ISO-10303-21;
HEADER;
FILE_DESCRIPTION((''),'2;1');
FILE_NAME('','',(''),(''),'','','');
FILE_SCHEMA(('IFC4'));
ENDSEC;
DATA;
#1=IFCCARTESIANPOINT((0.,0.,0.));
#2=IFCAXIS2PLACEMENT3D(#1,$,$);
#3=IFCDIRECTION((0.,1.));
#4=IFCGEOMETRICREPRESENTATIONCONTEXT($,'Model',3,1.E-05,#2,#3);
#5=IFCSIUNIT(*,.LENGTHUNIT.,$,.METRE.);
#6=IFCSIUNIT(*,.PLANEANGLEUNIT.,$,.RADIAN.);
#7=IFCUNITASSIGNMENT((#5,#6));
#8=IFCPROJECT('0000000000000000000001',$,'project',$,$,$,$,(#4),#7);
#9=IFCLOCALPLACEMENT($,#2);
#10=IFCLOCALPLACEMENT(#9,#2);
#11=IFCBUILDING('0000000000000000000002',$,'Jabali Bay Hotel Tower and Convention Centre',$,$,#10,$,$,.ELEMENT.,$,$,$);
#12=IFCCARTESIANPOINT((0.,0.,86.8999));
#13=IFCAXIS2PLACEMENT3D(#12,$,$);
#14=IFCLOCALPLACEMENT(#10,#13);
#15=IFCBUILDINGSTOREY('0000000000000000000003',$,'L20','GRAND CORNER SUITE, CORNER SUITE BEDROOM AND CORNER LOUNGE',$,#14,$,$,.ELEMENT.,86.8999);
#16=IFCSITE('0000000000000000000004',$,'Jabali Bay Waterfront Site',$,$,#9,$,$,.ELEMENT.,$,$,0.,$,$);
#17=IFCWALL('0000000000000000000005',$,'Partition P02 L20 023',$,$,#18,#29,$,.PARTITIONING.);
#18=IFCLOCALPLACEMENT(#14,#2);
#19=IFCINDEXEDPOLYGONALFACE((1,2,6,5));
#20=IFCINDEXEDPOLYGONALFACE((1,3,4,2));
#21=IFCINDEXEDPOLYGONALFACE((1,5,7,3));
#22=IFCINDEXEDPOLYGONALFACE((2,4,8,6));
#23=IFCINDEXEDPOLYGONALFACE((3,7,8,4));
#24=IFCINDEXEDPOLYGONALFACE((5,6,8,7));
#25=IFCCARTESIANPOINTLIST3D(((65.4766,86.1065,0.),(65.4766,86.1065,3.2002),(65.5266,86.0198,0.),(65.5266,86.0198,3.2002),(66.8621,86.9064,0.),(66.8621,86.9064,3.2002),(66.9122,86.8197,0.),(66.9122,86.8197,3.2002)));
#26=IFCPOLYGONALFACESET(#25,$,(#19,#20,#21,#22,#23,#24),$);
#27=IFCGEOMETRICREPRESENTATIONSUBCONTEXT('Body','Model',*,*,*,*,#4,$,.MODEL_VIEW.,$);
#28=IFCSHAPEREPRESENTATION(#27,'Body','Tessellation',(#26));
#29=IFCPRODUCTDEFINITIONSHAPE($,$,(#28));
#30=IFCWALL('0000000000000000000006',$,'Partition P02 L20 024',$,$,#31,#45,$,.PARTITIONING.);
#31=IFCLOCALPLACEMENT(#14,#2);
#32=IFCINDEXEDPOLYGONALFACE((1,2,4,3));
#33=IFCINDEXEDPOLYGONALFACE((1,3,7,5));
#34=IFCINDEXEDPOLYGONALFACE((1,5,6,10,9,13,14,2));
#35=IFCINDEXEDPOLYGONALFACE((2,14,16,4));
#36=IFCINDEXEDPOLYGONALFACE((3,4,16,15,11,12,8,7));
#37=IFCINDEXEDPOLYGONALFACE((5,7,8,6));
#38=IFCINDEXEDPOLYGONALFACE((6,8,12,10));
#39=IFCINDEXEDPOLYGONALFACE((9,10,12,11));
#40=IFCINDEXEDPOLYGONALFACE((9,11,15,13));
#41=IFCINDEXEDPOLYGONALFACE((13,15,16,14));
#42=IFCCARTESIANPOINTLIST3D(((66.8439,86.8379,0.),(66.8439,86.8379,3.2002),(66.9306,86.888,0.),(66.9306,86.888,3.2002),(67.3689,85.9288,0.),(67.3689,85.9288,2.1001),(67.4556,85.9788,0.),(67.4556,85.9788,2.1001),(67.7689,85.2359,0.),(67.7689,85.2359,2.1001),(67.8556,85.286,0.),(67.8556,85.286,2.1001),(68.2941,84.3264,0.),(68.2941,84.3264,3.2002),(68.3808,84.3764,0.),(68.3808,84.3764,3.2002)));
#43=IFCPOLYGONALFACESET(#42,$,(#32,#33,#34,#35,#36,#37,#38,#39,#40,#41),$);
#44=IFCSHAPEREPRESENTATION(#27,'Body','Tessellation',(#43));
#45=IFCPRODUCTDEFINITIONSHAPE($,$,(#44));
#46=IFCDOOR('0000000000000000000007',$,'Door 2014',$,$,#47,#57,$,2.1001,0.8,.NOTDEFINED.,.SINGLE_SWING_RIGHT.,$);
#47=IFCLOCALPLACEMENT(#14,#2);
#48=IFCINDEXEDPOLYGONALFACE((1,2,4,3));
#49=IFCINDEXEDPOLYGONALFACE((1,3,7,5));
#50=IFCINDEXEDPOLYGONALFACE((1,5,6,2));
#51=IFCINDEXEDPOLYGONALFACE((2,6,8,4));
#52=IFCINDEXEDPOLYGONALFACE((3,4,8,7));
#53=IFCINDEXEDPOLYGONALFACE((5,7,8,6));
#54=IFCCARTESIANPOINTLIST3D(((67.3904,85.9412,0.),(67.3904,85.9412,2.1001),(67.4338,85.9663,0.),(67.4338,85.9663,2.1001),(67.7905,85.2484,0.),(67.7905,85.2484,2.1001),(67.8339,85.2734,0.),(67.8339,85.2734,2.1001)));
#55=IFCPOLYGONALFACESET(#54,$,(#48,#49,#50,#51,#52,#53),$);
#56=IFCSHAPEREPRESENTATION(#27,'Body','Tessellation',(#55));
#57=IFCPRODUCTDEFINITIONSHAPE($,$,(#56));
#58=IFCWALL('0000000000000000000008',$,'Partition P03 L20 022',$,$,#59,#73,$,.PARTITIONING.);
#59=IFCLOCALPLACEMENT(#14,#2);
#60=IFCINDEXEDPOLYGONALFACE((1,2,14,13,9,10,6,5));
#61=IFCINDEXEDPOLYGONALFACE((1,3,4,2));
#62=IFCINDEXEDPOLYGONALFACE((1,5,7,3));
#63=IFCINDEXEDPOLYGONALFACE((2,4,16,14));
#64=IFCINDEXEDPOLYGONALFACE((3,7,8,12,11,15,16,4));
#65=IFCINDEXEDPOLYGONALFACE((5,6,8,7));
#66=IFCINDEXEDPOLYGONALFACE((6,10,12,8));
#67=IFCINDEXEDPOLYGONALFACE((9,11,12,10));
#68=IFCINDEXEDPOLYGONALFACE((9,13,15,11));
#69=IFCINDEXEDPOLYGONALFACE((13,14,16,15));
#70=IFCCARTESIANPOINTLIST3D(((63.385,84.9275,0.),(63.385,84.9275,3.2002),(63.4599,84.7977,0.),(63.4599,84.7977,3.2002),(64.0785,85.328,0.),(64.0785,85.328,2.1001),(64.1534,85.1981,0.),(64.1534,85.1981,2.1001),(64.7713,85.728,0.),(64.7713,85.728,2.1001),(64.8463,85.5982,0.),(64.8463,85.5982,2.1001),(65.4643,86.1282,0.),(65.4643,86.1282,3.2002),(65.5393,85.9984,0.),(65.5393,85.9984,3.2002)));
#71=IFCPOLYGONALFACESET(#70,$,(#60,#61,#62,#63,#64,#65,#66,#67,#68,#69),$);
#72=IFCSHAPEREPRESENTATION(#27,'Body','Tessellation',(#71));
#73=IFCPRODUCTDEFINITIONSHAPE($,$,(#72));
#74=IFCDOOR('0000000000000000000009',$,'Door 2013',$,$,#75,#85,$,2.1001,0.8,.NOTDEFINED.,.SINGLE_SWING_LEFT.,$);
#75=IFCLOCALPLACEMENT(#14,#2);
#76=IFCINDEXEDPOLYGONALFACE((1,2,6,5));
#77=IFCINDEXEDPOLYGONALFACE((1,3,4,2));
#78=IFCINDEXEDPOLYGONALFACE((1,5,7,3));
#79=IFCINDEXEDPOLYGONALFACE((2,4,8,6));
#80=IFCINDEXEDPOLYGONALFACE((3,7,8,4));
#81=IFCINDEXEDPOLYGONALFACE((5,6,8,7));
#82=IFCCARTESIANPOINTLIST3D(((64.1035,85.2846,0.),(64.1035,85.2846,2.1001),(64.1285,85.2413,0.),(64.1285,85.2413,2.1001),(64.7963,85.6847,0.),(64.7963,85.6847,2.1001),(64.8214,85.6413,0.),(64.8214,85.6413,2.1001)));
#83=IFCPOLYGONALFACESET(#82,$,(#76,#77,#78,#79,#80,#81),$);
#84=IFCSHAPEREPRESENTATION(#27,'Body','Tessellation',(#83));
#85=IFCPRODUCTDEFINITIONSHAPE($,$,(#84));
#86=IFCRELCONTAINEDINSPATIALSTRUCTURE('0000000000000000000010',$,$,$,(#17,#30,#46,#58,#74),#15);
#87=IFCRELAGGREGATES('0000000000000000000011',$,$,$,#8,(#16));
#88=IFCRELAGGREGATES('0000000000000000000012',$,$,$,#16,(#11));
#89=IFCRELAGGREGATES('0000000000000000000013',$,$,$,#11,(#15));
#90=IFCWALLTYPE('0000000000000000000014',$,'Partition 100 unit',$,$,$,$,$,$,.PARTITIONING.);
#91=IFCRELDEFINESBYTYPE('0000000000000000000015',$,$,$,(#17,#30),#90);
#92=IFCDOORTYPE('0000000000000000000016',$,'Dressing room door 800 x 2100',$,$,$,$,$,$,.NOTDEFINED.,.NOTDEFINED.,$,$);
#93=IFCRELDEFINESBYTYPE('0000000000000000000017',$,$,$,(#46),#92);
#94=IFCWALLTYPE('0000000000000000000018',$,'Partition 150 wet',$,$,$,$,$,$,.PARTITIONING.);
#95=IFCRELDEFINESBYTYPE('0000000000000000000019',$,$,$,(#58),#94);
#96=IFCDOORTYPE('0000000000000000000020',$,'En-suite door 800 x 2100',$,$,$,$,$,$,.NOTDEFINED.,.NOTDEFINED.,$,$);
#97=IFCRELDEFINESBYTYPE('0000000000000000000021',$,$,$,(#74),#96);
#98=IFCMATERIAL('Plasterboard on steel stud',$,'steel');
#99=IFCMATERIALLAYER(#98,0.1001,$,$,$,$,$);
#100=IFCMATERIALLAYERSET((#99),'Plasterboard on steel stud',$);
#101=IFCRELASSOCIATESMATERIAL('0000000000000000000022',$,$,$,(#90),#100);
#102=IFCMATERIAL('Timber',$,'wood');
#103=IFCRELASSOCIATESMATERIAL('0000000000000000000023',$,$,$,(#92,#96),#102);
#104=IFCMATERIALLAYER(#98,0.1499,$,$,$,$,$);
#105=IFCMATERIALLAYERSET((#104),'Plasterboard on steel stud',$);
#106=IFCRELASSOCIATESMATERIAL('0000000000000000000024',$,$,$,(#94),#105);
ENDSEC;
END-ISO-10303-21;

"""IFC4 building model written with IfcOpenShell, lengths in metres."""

from ifc_helpers import new_model, si_unit, direction, frame, frame_2d, origin, place, context, subcontext, project, spatial, rectangle, extrude, material, layer, layer_set, type_object, element, fill, save


model = new_model("IFC4")

# Units and contexts
model_context = context("Model", 3, precision=1e-05, world=origin(), true_north=direction((0.0, 1.0)))
body_context = subcontext(model_context, "Body", "Model", "MODEL_VIEW")
ifc_project = project(units=[si_unit("LENGTHUNIT", "METRE"), si_unit("PLANEANGLEUNIT", "RADIAN")], contexts=[model_context])

# Site, building, storey
site_placement = place(None, origin())
site = spatial("IfcSite", under=ifc_project, at=site_placement, Name="Jabali Bay Waterfront Site", CompositionType="ELEMENT", RefElevation=0.0)
building_placement = place(site_placement, origin())
building = spatial("IfcBuilding", under=site, at=building_placement, Name="Jabali Bay Hotel Tower and Convention Centre", CompositionType="ELEMENT")
storey_placement = place(building_placement, frame((0.0, 0.0, 86.8999)))
storey = spatial("IfcBuildingStorey", under=building, at=storey_placement, Name="L20", Description="GRAND CORNER SUITE, CORNER SUITE BEDROOM AND CORNER LOUNGE", CompositionType="ELEMENT", Elevation=86.8999)

# Wall
ifc_material_1 = material(Name="Plasterboard on steel stud", Category="steel")
ifc_layer_1 = layer(ifc_material_1, 0.1001)
ifc_layer_set_1 = layer_set([ifc_layer_1], Name="Plasterboard on steel stud")
wall_type_1 = type_object("IfcWallType", Name="Partition 100 unit", PredefinedType="PARTITIONING", material=ifc_layer_set_1)
wall_1_placement = place(storey_placement, frame((65.5017, 86.0632, 0.0), z_axis=(0.0, 0.0, 1.0), x_axis=(0.866056, 0.499947, 0.0)))
element("IfcWall", 1, at=wall_1_placement, inside=storey, type_object=wall_type_1, Name="Partition P02 L20 023", PredefinedType="PARTITIONING", context=body_context, shape_type="SweptSolid", body=[
    extrude(rectangle(XDim=1.5999, YDim=0.1001, at=frame_2d((0.7998, 0.0))), origin(), (0.0, 0.0, 1.0), 3.2002),
])

# Walls, openings, doors
wall_2_placement = place(storey_placement, frame((66.8872, 86.863, 0.0), z_axis=(0.0, 0.0, 1.0), x_axis=(0.50005, -0.865996, 0.0)))
wall_2 = element("IfcWall", 2, at=wall_2_placement, inside=storey, type_object=wall_type_1, Name="Partition P02 L20 024", PredefinedType="PARTITIONING", context=body_context, shape_type="SweptSolid", body=[
    extrude(rectangle(XDim=2.9001, YDim=0.1001, at=frame_2d((1.4502, 0.0))), origin(), (0.0, 0.0, 1.0), 3.2002),
])
opening_1_placement = place(wall_2_placement, frame((1.05, 0.0, 0.0)))
opening_1 = element("IfcOpeningElement", 3, at=opening_1_placement, cuts=wall_2, PredefinedType="OPENING", context=body_context, shape_type="SweptSolid", body=[
    extrude(rectangle(XDim=0.8, YDim=2.1001, at=frame_2d((0.3999, 1.05))), frame((0.0, 0.0605, 0.0), z_axis=(0.0, -1.0, 0.0), x_axis=(1.0, 0.0, 0.0)), (0.0, 0.0, 1.0), 0.1211),
])
ifc_material_2 = material(Name="Timber", Category="wood")
door_type_1 = type_object("IfcDoorType", Name="Dressing room door 800 x 2100", OperationType="NOTDEFINED", PredefinedType="NOTDEFINED", material=ifc_material_2)
door_1_placement = place(opening_1_placement, origin())
door_1 = element("IfcDoor", 4, at=door_1_placement, inside=storey, type_object=door_type_1, Name="Door 2014", OperationType="SINGLE_SWING_RIGHT", OverallHeight=2.1001, OverallWidth=0.8, PredefinedType="NOTDEFINED", context=body_context, shape_type="SweptSolid", body=[
    extrude(rectangle(XDim=0.8, YDim=2.1001, at=frame_2d((0.3999, 1.05))), frame((0.0, 0.0249, 0.0), z_axis=(0.0, -1.0, 0.0), x_axis=(1.0, 0.0, 0.0)), (0.0, 0.0, 1.0), 0.05),
])
fill(opening_1, door_1)
ifc_layer_2 = layer(ifc_material_1, 0.1499)
ifc_layer_set_2 = layer_set([ifc_layer_2], Name="Plasterboard on steel stud")
wall_type_2 = type_object("IfcWallType", Name="Partition 150 wet", PredefinedType="PARTITIONING", material=ifc_layer_set_2)
wall_3_placement = place(storey_placement, frame((63.4224, 84.8625, 0.0), z_axis=(0.0, 0.0, 1.0), x_axis=(0.865994, 0.500054, 0.0)))
wall_3 = element("IfcWall", 5, at=wall_3_placement, inside=storey, type_object=wall_type_2, Name="Partition P03 L20 022", PredefinedType="PARTITIONING", context=body_context, shape_type="SweptSolid", body=[
    extrude(rectangle(XDim=2.4011, YDim=0.1499, at=frame_2d((1.2007, 0.0))), origin(), (0.0, 0.0, 1.0), 3.2002),
])
opening_2_placement = place(wall_3_placement, frame((0.801, 0.0, 0.0)))
opening_2 = element("IfcOpeningElement", 6, at=opening_2_placement, cuts=wall_3, PredefinedType="OPENING", context=body_context, shape_type="SweptSolid", body=[
    extrude(rectangle(XDim=0.8, YDim=2.1001, at=frame_2d((0.3999, 1.05))), frame((0.0, 0.0854, 0.0), z_axis=(0.0, -1.0, 0.0), x_axis=(1.0, 0.0, 0.0)), (0.0, 0.0, 1.0), 0.1709),
])
door_type_2 = type_object("IfcDoorType", Name="En-suite door 800 x 2100", OperationType="NOTDEFINED", PredefinedType="NOTDEFINED", material=ifc_material_2)
door_2_placement = place(opening_2_placement, origin())
door_2 = element("IfcDoor", 7, at=door_2_placement, inside=storey, type_object=door_type_2, Name="Door 2013", OperationType="SINGLE_SWING_LEFT", OverallHeight=2.1001, OverallWidth=0.8, PredefinedType="NOTDEFINED", context=body_context, shape_type="SweptSolid", body=[
    extrude(rectangle(XDim=0.8, YDim=2.1001, at=frame_2d((0.3999, 1.05))), frame((0.0, 0.0249, 0.0), z_axis=(0.0, -1.0, 0.0), x_axis=(1.0, 0.0, 0.0)), (0.0, 0.0, 1.0), 0.05),
])
fill(opening_2, door_2)

save(model, "model.ifc")
